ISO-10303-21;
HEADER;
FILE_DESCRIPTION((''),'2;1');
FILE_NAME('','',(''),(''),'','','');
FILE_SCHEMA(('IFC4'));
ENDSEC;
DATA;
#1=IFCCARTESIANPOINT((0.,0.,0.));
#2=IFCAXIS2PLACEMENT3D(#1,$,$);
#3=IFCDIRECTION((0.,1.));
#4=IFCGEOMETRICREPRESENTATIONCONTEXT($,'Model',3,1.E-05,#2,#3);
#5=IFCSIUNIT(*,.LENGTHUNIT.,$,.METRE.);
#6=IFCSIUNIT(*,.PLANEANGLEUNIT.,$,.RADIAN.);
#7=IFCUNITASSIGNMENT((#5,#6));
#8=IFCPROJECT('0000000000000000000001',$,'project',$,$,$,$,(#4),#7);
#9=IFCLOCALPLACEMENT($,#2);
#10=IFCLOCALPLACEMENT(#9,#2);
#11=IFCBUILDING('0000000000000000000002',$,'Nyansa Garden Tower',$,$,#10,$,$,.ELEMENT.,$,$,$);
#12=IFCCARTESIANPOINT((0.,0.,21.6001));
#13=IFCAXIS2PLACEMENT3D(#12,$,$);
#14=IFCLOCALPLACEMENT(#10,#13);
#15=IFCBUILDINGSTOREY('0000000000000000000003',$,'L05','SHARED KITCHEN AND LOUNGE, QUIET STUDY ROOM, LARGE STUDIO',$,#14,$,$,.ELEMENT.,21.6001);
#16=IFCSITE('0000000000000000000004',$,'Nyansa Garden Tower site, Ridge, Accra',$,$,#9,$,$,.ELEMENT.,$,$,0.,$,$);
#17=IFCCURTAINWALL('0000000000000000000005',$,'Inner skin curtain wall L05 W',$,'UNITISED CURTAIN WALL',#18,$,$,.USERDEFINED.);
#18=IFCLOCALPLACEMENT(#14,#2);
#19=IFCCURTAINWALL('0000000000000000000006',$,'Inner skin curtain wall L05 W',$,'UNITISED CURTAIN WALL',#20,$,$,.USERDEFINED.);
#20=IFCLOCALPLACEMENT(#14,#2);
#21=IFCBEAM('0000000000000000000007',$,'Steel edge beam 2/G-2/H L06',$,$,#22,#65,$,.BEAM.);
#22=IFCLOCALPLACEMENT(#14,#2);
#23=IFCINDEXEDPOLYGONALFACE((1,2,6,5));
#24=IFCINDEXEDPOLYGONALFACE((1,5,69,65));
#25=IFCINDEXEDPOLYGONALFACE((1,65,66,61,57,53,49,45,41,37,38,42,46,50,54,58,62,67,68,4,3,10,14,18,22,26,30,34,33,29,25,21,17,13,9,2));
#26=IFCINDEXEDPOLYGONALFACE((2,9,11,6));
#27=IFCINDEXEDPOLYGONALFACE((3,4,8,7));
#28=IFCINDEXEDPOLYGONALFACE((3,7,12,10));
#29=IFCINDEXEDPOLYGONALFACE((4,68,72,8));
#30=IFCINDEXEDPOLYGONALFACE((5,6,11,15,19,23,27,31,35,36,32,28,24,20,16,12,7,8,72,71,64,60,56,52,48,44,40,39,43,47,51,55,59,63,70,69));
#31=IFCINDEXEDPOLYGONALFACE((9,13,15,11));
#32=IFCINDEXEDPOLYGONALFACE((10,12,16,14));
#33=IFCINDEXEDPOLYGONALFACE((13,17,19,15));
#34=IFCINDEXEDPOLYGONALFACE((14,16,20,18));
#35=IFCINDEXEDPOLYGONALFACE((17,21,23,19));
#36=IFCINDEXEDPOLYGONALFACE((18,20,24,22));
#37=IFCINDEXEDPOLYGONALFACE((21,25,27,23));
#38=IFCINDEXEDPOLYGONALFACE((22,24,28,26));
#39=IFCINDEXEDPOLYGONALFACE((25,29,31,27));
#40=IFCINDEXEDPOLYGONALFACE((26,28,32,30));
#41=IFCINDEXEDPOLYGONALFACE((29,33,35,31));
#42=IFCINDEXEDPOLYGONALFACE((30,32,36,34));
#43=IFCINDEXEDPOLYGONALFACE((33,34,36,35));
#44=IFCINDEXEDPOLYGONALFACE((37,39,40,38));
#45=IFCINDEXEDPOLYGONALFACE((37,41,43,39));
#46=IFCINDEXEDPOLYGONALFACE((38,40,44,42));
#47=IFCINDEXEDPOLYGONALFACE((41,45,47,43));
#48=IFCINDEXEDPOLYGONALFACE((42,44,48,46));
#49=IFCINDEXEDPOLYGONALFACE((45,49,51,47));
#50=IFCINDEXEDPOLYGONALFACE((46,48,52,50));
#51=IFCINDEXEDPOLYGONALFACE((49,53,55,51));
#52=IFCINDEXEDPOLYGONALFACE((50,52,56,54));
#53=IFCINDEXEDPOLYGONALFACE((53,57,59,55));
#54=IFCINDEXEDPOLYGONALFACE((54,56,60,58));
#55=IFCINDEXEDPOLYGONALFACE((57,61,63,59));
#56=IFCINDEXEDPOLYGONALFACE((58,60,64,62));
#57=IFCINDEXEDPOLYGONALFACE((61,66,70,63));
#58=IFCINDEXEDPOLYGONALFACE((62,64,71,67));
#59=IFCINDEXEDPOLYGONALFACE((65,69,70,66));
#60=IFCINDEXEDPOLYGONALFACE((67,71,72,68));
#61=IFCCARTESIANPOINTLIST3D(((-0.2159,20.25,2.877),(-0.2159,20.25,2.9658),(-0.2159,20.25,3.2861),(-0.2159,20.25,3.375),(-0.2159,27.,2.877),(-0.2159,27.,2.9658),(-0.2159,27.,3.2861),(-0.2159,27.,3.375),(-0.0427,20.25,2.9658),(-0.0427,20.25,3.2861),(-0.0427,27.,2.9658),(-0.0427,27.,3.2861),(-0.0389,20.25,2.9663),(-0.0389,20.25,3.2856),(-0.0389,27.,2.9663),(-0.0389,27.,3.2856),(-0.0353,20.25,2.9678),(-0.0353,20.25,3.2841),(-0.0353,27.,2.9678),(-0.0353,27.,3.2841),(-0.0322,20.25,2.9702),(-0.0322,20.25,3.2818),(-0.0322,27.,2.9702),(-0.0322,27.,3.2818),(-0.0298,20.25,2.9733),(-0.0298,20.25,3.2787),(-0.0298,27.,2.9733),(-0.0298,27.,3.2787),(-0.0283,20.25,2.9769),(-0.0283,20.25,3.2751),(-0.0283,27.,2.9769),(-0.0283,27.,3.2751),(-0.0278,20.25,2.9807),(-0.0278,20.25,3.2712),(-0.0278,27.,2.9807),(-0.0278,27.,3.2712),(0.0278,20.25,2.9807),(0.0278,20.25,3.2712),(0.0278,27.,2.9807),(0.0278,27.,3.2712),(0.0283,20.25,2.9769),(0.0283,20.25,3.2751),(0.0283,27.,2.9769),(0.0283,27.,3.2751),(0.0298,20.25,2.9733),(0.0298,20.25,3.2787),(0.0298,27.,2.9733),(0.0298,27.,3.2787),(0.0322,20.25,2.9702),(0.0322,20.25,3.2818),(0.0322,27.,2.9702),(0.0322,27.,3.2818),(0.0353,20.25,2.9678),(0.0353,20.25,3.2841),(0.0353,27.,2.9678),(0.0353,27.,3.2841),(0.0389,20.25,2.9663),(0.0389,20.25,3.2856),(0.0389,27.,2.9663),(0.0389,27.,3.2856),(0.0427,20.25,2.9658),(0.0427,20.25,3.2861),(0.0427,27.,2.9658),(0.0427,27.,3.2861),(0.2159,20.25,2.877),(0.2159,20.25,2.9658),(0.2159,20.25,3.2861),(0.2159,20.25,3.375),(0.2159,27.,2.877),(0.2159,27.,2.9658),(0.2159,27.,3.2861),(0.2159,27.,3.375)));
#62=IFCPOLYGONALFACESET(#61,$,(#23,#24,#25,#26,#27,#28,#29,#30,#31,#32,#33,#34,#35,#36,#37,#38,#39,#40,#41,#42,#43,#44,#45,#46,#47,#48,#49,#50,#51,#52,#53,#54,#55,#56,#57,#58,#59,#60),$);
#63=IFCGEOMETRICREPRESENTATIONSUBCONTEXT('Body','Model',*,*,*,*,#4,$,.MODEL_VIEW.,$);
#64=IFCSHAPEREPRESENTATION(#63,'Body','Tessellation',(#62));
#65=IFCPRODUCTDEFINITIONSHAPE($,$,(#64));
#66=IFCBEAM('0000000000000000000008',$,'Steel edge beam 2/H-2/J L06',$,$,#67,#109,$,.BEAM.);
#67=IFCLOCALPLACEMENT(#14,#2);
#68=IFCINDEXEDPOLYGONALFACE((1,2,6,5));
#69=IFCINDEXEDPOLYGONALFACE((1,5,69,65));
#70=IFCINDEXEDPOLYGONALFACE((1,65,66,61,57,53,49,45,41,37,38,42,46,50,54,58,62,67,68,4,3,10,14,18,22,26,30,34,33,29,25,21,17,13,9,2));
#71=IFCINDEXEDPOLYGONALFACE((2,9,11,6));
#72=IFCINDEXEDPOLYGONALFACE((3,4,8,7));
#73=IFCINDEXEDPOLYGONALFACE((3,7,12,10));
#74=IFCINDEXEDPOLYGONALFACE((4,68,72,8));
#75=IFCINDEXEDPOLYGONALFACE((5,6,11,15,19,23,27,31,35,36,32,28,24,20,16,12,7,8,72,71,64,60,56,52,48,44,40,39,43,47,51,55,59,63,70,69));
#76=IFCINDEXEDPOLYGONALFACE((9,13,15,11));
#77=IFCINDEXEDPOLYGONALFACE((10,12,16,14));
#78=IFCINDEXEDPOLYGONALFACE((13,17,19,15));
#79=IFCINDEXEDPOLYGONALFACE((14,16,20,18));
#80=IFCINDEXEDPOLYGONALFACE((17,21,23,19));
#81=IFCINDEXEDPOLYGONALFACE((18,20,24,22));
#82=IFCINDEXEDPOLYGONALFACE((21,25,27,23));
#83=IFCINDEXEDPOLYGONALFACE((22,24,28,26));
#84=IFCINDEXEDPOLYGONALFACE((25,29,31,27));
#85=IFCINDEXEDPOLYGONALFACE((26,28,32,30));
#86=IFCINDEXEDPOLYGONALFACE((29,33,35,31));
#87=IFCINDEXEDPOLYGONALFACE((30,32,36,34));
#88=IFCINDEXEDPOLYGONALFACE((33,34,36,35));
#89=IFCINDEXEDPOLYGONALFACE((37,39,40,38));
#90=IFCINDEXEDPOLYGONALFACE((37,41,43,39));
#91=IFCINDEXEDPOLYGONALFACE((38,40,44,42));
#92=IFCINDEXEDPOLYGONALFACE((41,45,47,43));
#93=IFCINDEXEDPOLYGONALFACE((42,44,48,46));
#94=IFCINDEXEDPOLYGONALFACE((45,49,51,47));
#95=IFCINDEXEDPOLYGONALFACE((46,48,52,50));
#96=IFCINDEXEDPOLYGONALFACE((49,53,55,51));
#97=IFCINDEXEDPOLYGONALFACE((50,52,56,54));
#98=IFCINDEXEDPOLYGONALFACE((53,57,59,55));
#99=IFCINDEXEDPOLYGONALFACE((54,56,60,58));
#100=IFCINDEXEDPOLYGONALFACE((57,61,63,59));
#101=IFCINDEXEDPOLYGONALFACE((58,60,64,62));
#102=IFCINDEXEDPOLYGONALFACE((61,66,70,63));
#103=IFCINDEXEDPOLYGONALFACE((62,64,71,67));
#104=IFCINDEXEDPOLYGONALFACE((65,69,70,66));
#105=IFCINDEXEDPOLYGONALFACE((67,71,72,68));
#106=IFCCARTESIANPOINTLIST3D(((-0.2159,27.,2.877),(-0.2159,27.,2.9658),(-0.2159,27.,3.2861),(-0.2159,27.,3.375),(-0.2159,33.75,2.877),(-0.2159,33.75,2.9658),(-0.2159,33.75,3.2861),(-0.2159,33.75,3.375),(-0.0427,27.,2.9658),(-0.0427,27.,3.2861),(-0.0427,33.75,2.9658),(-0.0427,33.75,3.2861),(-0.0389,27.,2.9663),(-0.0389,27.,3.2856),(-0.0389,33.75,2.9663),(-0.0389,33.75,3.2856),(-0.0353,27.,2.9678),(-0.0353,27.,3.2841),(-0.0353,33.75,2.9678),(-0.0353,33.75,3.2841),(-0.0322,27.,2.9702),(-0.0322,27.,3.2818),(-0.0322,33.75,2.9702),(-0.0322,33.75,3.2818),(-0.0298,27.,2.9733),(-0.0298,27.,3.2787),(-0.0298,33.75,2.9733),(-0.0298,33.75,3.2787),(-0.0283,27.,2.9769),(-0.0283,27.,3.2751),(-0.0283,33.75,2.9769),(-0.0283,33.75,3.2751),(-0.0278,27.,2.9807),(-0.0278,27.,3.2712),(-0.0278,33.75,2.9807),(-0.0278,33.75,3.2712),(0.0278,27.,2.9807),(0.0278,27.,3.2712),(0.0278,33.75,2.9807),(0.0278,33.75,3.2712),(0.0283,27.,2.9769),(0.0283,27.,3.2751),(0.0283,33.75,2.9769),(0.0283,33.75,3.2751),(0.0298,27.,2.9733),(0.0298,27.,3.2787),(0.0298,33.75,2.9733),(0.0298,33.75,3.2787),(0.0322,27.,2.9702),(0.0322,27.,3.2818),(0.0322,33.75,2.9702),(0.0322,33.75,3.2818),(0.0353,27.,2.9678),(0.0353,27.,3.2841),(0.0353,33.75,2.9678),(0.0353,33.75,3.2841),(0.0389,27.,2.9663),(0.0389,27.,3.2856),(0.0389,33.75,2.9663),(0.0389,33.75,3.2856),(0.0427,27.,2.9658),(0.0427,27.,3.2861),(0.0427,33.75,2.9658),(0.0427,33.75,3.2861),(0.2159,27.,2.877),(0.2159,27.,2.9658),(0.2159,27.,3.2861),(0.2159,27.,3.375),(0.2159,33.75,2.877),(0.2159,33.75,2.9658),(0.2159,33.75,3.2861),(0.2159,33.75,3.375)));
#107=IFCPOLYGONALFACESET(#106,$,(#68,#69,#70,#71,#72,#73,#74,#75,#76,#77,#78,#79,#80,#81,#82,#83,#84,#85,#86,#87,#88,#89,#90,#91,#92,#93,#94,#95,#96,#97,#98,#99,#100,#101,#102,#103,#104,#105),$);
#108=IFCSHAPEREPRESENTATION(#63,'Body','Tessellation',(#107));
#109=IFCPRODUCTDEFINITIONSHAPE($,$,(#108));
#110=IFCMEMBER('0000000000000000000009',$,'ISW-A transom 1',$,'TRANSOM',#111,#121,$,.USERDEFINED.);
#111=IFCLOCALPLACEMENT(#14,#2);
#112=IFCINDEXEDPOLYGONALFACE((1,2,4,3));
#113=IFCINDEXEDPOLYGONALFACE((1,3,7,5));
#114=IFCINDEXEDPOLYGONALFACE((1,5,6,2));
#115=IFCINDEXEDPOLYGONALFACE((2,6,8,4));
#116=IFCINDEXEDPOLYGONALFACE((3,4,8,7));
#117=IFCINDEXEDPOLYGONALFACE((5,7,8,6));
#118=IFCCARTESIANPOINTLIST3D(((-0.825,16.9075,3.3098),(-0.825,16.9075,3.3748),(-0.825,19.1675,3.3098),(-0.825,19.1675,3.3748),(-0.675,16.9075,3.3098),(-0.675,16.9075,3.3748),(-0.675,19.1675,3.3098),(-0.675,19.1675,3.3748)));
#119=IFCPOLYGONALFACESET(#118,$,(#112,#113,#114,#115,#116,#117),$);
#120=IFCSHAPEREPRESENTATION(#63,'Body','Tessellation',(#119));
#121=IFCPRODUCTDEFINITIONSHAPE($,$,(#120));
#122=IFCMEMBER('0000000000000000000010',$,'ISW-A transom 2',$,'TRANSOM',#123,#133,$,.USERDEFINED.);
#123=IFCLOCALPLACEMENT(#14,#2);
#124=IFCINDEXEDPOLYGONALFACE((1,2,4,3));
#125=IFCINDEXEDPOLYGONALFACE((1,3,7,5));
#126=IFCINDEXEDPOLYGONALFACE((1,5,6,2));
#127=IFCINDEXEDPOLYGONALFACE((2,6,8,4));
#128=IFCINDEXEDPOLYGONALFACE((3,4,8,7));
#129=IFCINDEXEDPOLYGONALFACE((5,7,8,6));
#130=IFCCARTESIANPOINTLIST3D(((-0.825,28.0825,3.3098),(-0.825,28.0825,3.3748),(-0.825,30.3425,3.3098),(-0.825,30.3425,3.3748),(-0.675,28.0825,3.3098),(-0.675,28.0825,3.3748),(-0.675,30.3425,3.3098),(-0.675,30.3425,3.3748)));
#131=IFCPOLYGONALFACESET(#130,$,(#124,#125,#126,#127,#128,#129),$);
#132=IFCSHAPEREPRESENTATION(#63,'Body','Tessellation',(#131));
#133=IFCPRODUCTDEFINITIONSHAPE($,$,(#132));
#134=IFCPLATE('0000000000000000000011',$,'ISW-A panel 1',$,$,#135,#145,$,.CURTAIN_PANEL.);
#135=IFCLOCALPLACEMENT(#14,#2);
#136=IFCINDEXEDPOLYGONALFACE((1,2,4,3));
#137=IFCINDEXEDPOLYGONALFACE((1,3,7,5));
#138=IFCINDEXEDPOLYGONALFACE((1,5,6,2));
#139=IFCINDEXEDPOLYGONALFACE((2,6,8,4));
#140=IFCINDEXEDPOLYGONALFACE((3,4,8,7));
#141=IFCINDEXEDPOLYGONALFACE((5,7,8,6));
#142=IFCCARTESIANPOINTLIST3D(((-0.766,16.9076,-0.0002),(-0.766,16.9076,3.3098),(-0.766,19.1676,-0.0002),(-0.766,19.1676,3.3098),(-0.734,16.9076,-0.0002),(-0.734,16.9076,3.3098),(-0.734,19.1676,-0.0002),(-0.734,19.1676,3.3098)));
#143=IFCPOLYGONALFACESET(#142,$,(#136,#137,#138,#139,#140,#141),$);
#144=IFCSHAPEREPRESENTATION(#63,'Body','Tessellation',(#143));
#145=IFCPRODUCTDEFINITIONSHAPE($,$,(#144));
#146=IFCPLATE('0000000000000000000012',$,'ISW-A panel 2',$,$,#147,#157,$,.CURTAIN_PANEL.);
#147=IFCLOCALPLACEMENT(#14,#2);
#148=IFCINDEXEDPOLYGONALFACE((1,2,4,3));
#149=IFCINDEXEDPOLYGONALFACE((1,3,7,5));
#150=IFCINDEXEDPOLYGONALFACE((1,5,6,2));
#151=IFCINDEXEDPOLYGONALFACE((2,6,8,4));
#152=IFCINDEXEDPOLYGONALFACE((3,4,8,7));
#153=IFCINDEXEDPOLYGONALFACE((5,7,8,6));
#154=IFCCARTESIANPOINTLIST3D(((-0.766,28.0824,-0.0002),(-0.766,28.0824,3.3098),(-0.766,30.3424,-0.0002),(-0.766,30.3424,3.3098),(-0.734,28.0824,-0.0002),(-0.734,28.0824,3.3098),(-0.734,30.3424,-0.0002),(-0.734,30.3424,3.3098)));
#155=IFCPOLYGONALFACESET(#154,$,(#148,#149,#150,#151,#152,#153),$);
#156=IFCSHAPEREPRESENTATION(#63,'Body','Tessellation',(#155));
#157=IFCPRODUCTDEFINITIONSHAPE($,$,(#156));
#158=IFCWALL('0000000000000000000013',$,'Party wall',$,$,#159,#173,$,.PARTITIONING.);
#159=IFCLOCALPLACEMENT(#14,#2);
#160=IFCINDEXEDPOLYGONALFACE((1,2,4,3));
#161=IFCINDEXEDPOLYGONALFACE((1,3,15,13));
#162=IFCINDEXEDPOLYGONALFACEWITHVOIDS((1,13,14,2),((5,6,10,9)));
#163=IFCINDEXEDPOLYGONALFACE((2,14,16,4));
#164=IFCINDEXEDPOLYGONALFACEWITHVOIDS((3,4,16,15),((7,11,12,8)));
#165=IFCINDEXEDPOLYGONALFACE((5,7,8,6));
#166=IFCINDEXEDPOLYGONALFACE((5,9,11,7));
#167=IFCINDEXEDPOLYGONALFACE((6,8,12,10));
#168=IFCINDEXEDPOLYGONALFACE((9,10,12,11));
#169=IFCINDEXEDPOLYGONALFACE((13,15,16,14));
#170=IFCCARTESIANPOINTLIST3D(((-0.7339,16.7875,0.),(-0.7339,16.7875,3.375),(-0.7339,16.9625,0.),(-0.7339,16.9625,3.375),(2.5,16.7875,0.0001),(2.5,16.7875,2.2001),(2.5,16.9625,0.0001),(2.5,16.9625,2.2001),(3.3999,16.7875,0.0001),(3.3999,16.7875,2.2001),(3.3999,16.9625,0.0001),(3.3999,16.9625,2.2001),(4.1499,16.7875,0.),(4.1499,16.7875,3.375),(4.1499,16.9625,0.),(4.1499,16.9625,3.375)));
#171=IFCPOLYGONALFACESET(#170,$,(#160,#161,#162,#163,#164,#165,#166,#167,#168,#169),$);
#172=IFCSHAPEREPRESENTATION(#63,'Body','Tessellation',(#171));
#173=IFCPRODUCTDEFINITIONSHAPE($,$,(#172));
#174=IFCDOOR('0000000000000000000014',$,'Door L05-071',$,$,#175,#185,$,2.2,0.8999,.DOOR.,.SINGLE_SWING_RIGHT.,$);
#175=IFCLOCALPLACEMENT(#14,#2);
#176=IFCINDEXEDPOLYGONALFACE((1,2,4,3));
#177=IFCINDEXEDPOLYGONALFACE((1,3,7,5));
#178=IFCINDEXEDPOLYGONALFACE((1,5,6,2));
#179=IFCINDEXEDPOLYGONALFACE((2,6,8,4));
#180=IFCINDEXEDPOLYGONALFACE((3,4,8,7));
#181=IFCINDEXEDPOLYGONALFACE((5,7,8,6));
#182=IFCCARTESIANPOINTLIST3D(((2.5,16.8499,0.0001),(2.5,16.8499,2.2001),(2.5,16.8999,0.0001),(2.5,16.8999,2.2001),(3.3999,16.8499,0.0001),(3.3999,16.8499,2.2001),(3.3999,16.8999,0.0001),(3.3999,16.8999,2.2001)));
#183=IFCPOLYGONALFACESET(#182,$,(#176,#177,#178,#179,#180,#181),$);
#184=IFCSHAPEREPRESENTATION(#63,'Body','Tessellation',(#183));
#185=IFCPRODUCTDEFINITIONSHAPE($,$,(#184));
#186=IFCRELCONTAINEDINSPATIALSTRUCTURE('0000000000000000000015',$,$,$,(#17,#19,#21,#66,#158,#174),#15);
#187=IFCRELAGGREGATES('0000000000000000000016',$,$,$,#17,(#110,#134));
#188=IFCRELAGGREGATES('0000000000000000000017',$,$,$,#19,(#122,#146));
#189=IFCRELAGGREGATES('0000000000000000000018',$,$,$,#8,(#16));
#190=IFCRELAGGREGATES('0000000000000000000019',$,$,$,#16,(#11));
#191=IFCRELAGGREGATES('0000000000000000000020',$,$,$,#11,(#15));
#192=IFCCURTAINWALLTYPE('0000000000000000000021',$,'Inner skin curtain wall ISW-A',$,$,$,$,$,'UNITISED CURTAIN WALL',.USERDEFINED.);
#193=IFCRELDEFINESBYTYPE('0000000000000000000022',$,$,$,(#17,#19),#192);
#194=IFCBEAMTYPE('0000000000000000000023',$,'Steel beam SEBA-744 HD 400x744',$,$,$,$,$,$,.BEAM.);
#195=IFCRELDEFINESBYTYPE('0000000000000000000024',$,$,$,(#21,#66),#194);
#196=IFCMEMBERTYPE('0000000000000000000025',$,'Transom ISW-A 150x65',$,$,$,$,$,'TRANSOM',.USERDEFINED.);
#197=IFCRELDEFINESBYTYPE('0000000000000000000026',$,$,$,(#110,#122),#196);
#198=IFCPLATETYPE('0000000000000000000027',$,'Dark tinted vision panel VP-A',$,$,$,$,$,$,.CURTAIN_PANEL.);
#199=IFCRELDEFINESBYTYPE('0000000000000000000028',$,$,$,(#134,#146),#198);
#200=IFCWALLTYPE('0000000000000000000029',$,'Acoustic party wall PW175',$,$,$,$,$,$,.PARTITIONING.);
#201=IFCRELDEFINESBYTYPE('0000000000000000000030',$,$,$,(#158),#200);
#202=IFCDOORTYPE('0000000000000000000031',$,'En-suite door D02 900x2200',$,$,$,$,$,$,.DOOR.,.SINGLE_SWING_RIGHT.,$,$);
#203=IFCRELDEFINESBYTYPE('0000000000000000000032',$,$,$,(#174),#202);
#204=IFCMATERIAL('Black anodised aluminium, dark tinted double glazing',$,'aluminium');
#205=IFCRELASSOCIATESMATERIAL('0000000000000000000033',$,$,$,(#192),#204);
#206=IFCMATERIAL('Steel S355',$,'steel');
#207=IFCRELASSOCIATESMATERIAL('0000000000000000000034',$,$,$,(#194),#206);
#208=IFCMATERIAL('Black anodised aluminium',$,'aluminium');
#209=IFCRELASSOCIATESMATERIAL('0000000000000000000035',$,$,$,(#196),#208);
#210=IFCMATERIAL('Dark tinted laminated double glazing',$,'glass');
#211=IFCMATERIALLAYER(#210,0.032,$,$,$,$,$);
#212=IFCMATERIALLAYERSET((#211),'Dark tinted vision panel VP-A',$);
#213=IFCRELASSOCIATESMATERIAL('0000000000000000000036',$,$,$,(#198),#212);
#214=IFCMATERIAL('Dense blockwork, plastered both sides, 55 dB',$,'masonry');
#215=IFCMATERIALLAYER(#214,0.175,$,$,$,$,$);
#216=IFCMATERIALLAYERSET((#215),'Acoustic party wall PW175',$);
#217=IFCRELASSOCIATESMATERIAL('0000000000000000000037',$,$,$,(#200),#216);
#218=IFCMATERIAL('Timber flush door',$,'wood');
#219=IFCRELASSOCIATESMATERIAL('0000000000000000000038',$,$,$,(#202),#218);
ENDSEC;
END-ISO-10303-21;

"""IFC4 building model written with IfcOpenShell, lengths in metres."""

from ifc_helpers import new_model, si_unit, direction, frame, frame_2d, origin, origin_2d, place, context, subcontext, project, spatial, rectangle, i_section, extrude, material, layer, layer_set, material_profile, profile_set, type_object, element, fill, aggregate, save


model = new_model("IFC4")

# Units and contexts
model_context = context("Model", 3, precision=1e-05, world=origin(), true_north=direction((0.0, 1.0)))
body_context = subcontext(model_context, "Body", "Model", "MODEL_VIEW")
ifc_project = project(units=[si_unit("LENGTHUNIT", "METRE"), si_unit("PLANEANGLEUNIT", "RADIAN")], contexts=[model_context])

# Site, building, storey
site_placement = place(None, origin())
site = spatial("IfcSite", under=ifc_project, at=site_placement, Name="Nyansa Garden Tower site, Ridge, Accra", CompositionType="ELEMENT", RefElevation=0.0)
building_placement = place(site_placement, origin())
building = spatial("IfcBuilding", under=site, at=building_placement, Name="Nyansa Garden Tower", CompositionType="ELEMENT")
storey_placement = place(building_placement, frame((0.0, 0.0, 21.6001)))
storey = spatial("IfcBuildingStorey", under=building, at=storey_placement, Name="L05", Description="SHARED KITCHEN AND LOUNGE, QUIET STUDY ROOM, LARGE STUDIO", CompositionType="ELEMENT", Elevation=21.6001)

# Curtain walls
ifc_material_1 = material(Name="Black anodised aluminium, dark tinted double glazing", Category="aluminium")
curtain_wall_type = type_object("IfcCurtainWallType", Name="Inner skin curtain wall ISW-A", ElementType="UNITISED CURTAIN WALL", PredefinedType="USERDEFINED", material=ifc_material_1)
curtain_wall_1_placement = place(storey_placement, origin())
curtain_wall_1 = element("IfcCurtainWall", 1, at=curtain_wall_1_placement, inside=storey, type_object=curtain_wall_type, Name="Inner skin curtain wall L05 W", ObjectType="UNITISED CURTAIN WALL", PredefinedType="USERDEFINED")
curtain_wall_2_placement = place(storey_placement, origin())
curtain_wall_2 = element("IfcCurtainWall", 2, at=curtain_wall_2_placement, inside=storey, type_object=curtain_wall_type, Name="Inner skin curtain wall L05 W", ObjectType="UNITISED CURTAIN WALL", PredefinedType="USERDEFINED")

# Beams
ifc_material_2 = material(Name="Steel S355", Category="steel")
ifc_material_profile_1 = material_profile(ifc_material_2, i_section(OverallWidth=0.4319, OverallDepth=0.498, WebThickness=0.0557, FlangeThickness=0.0889, FilletRadius=0.0149, at=origin_2d()), Name="HD 400x744")
ifc_profile_set_1 = profile_set([ifc_material_profile_1], Name="Steel S355")
beam_type_1 = type_object("IfcBeamType", Name="Steel beam SEBA-744 HD 400x744", PredefinedType="BEAM", material=ifc_profile_set_1)
for number, where, z_axis, x_axis, name in (
    (3, (0.0, 20.25, 3.126), (0.0, 1.0, 0.0), (-1.0, 0.0, 0.0), "Steel edge beam 2/G-2/H L06"),
    (4, (0.0, 27.0, 3.126), (0.0, 1.0, 0.0), (-1.0, 0.0, 0.0), "Steel edge beam 2/H-2/J L06"),
):
    element("IfcBeam", number, at=place(storey_placement, frame(where, z_axis=z_axis, x_axis=x_axis)), inside=storey, type_object=beam_type_1, Name=name, PredefinedType="BEAM", context=body_context, shape_type="SweptSolid", body=[
        extrude(i_section(OverallWidth=0.4319, OverallDepth=0.498, WebThickness=0.0557, FlangeThickness=0.0889, FilletRadius=0.0149, at=origin_2d()), origin(), (0.0, 0.0, 1.0), 6.75),
    ])

# Members
ifc_material_3 = material(Name="Black anodised aluminium", Category="aluminium")
ifc_material_profile_2 = material_profile(ifc_material_3, rectangle(XDim=0.1499, YDim=0.0649, at=origin_2d()), Name="Transom 150x65")
ifc_profile_set_2 = profile_set([ifc_material_profile_2], Name="Black anodised aluminium")
member_type_1 = type_object("IfcMemberType", Name="Transom ISW-A 150x65", ElementType="TRANSOM", PredefinedType="USERDEFINED", material=ifc_profile_set_2)
member_1_placement = place(storey_placement, frame((-0.75, 19.1675, 3.3423), z_axis=(0.0, -1.0, 0.0), x_axis=(1.0, 0.0, 0.0)))
member_1 = element("IfcMember", 5, at=member_1_placement, type_object=member_type_1, Name="ISW-A transom 1", ObjectType="TRANSOM", PredefinedType="USERDEFINED", context=body_context, shape_type="SweptSolid", body=[
    extrude(rectangle(XDim=0.1499, YDim=0.0649, at=origin_2d()), origin(), (0.0, 0.0, 1.0), 2.26),
])
member_2_placement = place(storey_placement, frame((-0.75, 30.3425, 3.3423), z_axis=(0.0, -1.0, 0.0), x_axis=(1.0, 0.0, 0.0)))
member_2 = element("IfcMember", 6, at=member_2_placement, type_object=member_type_1, Name="ISW-A transom 2", ObjectType="TRANSOM", PredefinedType="USERDEFINED", context=body_context, shape_type="SweptSolid", body=[
    extrude(rectangle(XDim=0.1499, YDim=0.0649, at=origin_2d()), origin(), (0.0, 0.0, 1.0), 2.26),
])

# Plates
ifc_material_4 = material(Name="Dark tinted laminated double glazing", Category="glass")
ifc_layer_1 = layer(ifc_material_4, 0.032)
ifc_layer_set_1 = layer_set([ifc_layer_1], Name="Dark tinted vision panel VP-A")
plate_type = type_object("IfcPlateType", Name="Dark tinted vision panel VP-A", PredefinedType="CURTAIN_PANEL", material=ifc_layer_set_1)
plate_1_placement = place(storey_placement, frame((-0.75, 18.0376, -0.0002), z_axis=(0.0, 0.0, 1.0), x_axis=(0.0, -1.0, 0.0)))
plate_1 = element("IfcPlate", 7, at=plate_1_placement, type_object=plate_type, Name="ISW-A panel 1", PredefinedType="CURTAIN_PANEL", context=body_context, shape_type="SweptSolid", body=[
    extrude(rectangle(XDim=2.26, YDim=0.032, at=origin_2d()), origin(), (0.0, 0.0, 1.0), 3.3101),
])
aggregate(curtain_wall_1, [member_1, plate_1])
plate_2_placement = place(storey_placement, frame((-0.75, 29.2124, -0.0002), z_axis=(0.0, 0.0, 1.0), x_axis=(0.0, -1.0, 0.0)))
plate_2 = element("IfcPlate", 8, at=plate_2_placement, type_object=plate_type, Name="ISW-A panel 2", PredefinedType="CURTAIN_PANEL", context=body_context, shape_type="SweptSolid", body=[
    extrude(rectangle(XDim=2.26, YDim=0.032, at=origin_2d()), origin(), (0.0, 0.0, 1.0), 3.3101),
])
aggregate(curtain_wall_2, [member_2, plate_2])

# Wall, opening, door
ifc_material_5 = material(Name="Dense blockwork, plastered both sides, 55 dB", Category="masonry")
ifc_layer_2 = layer(ifc_material_5, 0.175)
ifc_layer_set_2 = layer_set([ifc_layer_2], Name="Acoustic party wall PW175")
wall_type_1 = type_object("IfcWallType", Name="Acoustic party wall PW175", PredefinedType="PARTITIONING", material=ifc_layer_set_2)
wall_1_placement = place(storey_placement, frame((-0.7339, 16.875, 0.0), z_axis=(0.0, 0.0, 1.0), x_axis=(1.0, 0.0, 0.0)))
wall_1 = element("IfcWall", 9, at=wall_1_placement, inside=storey, type_object=wall_type_1, Name="Party wall", PredefinedType="PARTITIONING", context=body_context, shape_type="SweptSolid", body=[
    extrude(rectangle(XDim=4.8838, YDim=0.175, at=frame_2d((2.4419, 0.0))), origin(), (0.0, 0.0, 1.0), 3.375),
])
opening_1_placement = place(wall_1_placement, frame((3.2339, 0.0, 0.0)))
opening_1 = element("IfcOpeningElement", 10, at=opening_1_placement, cuts=wall_1, PredefinedType="OPENING", context=body_context, shape_type="SweptSolid", body=[
    extrude(rectangle(XDim=0.8999, YDim=2.2, at=frame_2d((0.45, 1.1001))), frame((0.0, 0.0974, 0.0), z_axis=(0.0, -1.0, 0.0), x_axis=(1.0, 0.0, 0.0)), (0.0, 0.0, 1.0), 0.1951),
])
ifc_material_6 = material(Name="Timber flush door", Category="wood")
door_type_1 = type_object("IfcDoorType", Name="En-suite door D02 900x2200", OperationType="SINGLE_SWING_RIGHT", PredefinedType="DOOR", material=ifc_material_6)
door_1_placement = place(opening_1_placement, origin())
door_1 = element("IfcDoor", 11, at=door_1_placement, inside=storey, type_object=door_type_1, Name="Door L05-071", OperationType="SINGLE_SWING_RIGHT", OverallHeight=2.2, OverallWidth=0.8999, PredefinedType="DOOR", context=body_context, shape_type="SweptSolid", body=[
    extrude(rectangle(XDim=0.8999, YDim=2.2, at=frame_2d((0.45, 1.1001))), frame((0.0, 0.0249, 0.0), z_axis=(0.0, -1.0, 0.0), x_axis=(1.0, 0.0, 0.0)), (0.0, 0.0, 1.0), 0.05),
])
fill(opening_1, door_1)

save(model, "model.ifc")
